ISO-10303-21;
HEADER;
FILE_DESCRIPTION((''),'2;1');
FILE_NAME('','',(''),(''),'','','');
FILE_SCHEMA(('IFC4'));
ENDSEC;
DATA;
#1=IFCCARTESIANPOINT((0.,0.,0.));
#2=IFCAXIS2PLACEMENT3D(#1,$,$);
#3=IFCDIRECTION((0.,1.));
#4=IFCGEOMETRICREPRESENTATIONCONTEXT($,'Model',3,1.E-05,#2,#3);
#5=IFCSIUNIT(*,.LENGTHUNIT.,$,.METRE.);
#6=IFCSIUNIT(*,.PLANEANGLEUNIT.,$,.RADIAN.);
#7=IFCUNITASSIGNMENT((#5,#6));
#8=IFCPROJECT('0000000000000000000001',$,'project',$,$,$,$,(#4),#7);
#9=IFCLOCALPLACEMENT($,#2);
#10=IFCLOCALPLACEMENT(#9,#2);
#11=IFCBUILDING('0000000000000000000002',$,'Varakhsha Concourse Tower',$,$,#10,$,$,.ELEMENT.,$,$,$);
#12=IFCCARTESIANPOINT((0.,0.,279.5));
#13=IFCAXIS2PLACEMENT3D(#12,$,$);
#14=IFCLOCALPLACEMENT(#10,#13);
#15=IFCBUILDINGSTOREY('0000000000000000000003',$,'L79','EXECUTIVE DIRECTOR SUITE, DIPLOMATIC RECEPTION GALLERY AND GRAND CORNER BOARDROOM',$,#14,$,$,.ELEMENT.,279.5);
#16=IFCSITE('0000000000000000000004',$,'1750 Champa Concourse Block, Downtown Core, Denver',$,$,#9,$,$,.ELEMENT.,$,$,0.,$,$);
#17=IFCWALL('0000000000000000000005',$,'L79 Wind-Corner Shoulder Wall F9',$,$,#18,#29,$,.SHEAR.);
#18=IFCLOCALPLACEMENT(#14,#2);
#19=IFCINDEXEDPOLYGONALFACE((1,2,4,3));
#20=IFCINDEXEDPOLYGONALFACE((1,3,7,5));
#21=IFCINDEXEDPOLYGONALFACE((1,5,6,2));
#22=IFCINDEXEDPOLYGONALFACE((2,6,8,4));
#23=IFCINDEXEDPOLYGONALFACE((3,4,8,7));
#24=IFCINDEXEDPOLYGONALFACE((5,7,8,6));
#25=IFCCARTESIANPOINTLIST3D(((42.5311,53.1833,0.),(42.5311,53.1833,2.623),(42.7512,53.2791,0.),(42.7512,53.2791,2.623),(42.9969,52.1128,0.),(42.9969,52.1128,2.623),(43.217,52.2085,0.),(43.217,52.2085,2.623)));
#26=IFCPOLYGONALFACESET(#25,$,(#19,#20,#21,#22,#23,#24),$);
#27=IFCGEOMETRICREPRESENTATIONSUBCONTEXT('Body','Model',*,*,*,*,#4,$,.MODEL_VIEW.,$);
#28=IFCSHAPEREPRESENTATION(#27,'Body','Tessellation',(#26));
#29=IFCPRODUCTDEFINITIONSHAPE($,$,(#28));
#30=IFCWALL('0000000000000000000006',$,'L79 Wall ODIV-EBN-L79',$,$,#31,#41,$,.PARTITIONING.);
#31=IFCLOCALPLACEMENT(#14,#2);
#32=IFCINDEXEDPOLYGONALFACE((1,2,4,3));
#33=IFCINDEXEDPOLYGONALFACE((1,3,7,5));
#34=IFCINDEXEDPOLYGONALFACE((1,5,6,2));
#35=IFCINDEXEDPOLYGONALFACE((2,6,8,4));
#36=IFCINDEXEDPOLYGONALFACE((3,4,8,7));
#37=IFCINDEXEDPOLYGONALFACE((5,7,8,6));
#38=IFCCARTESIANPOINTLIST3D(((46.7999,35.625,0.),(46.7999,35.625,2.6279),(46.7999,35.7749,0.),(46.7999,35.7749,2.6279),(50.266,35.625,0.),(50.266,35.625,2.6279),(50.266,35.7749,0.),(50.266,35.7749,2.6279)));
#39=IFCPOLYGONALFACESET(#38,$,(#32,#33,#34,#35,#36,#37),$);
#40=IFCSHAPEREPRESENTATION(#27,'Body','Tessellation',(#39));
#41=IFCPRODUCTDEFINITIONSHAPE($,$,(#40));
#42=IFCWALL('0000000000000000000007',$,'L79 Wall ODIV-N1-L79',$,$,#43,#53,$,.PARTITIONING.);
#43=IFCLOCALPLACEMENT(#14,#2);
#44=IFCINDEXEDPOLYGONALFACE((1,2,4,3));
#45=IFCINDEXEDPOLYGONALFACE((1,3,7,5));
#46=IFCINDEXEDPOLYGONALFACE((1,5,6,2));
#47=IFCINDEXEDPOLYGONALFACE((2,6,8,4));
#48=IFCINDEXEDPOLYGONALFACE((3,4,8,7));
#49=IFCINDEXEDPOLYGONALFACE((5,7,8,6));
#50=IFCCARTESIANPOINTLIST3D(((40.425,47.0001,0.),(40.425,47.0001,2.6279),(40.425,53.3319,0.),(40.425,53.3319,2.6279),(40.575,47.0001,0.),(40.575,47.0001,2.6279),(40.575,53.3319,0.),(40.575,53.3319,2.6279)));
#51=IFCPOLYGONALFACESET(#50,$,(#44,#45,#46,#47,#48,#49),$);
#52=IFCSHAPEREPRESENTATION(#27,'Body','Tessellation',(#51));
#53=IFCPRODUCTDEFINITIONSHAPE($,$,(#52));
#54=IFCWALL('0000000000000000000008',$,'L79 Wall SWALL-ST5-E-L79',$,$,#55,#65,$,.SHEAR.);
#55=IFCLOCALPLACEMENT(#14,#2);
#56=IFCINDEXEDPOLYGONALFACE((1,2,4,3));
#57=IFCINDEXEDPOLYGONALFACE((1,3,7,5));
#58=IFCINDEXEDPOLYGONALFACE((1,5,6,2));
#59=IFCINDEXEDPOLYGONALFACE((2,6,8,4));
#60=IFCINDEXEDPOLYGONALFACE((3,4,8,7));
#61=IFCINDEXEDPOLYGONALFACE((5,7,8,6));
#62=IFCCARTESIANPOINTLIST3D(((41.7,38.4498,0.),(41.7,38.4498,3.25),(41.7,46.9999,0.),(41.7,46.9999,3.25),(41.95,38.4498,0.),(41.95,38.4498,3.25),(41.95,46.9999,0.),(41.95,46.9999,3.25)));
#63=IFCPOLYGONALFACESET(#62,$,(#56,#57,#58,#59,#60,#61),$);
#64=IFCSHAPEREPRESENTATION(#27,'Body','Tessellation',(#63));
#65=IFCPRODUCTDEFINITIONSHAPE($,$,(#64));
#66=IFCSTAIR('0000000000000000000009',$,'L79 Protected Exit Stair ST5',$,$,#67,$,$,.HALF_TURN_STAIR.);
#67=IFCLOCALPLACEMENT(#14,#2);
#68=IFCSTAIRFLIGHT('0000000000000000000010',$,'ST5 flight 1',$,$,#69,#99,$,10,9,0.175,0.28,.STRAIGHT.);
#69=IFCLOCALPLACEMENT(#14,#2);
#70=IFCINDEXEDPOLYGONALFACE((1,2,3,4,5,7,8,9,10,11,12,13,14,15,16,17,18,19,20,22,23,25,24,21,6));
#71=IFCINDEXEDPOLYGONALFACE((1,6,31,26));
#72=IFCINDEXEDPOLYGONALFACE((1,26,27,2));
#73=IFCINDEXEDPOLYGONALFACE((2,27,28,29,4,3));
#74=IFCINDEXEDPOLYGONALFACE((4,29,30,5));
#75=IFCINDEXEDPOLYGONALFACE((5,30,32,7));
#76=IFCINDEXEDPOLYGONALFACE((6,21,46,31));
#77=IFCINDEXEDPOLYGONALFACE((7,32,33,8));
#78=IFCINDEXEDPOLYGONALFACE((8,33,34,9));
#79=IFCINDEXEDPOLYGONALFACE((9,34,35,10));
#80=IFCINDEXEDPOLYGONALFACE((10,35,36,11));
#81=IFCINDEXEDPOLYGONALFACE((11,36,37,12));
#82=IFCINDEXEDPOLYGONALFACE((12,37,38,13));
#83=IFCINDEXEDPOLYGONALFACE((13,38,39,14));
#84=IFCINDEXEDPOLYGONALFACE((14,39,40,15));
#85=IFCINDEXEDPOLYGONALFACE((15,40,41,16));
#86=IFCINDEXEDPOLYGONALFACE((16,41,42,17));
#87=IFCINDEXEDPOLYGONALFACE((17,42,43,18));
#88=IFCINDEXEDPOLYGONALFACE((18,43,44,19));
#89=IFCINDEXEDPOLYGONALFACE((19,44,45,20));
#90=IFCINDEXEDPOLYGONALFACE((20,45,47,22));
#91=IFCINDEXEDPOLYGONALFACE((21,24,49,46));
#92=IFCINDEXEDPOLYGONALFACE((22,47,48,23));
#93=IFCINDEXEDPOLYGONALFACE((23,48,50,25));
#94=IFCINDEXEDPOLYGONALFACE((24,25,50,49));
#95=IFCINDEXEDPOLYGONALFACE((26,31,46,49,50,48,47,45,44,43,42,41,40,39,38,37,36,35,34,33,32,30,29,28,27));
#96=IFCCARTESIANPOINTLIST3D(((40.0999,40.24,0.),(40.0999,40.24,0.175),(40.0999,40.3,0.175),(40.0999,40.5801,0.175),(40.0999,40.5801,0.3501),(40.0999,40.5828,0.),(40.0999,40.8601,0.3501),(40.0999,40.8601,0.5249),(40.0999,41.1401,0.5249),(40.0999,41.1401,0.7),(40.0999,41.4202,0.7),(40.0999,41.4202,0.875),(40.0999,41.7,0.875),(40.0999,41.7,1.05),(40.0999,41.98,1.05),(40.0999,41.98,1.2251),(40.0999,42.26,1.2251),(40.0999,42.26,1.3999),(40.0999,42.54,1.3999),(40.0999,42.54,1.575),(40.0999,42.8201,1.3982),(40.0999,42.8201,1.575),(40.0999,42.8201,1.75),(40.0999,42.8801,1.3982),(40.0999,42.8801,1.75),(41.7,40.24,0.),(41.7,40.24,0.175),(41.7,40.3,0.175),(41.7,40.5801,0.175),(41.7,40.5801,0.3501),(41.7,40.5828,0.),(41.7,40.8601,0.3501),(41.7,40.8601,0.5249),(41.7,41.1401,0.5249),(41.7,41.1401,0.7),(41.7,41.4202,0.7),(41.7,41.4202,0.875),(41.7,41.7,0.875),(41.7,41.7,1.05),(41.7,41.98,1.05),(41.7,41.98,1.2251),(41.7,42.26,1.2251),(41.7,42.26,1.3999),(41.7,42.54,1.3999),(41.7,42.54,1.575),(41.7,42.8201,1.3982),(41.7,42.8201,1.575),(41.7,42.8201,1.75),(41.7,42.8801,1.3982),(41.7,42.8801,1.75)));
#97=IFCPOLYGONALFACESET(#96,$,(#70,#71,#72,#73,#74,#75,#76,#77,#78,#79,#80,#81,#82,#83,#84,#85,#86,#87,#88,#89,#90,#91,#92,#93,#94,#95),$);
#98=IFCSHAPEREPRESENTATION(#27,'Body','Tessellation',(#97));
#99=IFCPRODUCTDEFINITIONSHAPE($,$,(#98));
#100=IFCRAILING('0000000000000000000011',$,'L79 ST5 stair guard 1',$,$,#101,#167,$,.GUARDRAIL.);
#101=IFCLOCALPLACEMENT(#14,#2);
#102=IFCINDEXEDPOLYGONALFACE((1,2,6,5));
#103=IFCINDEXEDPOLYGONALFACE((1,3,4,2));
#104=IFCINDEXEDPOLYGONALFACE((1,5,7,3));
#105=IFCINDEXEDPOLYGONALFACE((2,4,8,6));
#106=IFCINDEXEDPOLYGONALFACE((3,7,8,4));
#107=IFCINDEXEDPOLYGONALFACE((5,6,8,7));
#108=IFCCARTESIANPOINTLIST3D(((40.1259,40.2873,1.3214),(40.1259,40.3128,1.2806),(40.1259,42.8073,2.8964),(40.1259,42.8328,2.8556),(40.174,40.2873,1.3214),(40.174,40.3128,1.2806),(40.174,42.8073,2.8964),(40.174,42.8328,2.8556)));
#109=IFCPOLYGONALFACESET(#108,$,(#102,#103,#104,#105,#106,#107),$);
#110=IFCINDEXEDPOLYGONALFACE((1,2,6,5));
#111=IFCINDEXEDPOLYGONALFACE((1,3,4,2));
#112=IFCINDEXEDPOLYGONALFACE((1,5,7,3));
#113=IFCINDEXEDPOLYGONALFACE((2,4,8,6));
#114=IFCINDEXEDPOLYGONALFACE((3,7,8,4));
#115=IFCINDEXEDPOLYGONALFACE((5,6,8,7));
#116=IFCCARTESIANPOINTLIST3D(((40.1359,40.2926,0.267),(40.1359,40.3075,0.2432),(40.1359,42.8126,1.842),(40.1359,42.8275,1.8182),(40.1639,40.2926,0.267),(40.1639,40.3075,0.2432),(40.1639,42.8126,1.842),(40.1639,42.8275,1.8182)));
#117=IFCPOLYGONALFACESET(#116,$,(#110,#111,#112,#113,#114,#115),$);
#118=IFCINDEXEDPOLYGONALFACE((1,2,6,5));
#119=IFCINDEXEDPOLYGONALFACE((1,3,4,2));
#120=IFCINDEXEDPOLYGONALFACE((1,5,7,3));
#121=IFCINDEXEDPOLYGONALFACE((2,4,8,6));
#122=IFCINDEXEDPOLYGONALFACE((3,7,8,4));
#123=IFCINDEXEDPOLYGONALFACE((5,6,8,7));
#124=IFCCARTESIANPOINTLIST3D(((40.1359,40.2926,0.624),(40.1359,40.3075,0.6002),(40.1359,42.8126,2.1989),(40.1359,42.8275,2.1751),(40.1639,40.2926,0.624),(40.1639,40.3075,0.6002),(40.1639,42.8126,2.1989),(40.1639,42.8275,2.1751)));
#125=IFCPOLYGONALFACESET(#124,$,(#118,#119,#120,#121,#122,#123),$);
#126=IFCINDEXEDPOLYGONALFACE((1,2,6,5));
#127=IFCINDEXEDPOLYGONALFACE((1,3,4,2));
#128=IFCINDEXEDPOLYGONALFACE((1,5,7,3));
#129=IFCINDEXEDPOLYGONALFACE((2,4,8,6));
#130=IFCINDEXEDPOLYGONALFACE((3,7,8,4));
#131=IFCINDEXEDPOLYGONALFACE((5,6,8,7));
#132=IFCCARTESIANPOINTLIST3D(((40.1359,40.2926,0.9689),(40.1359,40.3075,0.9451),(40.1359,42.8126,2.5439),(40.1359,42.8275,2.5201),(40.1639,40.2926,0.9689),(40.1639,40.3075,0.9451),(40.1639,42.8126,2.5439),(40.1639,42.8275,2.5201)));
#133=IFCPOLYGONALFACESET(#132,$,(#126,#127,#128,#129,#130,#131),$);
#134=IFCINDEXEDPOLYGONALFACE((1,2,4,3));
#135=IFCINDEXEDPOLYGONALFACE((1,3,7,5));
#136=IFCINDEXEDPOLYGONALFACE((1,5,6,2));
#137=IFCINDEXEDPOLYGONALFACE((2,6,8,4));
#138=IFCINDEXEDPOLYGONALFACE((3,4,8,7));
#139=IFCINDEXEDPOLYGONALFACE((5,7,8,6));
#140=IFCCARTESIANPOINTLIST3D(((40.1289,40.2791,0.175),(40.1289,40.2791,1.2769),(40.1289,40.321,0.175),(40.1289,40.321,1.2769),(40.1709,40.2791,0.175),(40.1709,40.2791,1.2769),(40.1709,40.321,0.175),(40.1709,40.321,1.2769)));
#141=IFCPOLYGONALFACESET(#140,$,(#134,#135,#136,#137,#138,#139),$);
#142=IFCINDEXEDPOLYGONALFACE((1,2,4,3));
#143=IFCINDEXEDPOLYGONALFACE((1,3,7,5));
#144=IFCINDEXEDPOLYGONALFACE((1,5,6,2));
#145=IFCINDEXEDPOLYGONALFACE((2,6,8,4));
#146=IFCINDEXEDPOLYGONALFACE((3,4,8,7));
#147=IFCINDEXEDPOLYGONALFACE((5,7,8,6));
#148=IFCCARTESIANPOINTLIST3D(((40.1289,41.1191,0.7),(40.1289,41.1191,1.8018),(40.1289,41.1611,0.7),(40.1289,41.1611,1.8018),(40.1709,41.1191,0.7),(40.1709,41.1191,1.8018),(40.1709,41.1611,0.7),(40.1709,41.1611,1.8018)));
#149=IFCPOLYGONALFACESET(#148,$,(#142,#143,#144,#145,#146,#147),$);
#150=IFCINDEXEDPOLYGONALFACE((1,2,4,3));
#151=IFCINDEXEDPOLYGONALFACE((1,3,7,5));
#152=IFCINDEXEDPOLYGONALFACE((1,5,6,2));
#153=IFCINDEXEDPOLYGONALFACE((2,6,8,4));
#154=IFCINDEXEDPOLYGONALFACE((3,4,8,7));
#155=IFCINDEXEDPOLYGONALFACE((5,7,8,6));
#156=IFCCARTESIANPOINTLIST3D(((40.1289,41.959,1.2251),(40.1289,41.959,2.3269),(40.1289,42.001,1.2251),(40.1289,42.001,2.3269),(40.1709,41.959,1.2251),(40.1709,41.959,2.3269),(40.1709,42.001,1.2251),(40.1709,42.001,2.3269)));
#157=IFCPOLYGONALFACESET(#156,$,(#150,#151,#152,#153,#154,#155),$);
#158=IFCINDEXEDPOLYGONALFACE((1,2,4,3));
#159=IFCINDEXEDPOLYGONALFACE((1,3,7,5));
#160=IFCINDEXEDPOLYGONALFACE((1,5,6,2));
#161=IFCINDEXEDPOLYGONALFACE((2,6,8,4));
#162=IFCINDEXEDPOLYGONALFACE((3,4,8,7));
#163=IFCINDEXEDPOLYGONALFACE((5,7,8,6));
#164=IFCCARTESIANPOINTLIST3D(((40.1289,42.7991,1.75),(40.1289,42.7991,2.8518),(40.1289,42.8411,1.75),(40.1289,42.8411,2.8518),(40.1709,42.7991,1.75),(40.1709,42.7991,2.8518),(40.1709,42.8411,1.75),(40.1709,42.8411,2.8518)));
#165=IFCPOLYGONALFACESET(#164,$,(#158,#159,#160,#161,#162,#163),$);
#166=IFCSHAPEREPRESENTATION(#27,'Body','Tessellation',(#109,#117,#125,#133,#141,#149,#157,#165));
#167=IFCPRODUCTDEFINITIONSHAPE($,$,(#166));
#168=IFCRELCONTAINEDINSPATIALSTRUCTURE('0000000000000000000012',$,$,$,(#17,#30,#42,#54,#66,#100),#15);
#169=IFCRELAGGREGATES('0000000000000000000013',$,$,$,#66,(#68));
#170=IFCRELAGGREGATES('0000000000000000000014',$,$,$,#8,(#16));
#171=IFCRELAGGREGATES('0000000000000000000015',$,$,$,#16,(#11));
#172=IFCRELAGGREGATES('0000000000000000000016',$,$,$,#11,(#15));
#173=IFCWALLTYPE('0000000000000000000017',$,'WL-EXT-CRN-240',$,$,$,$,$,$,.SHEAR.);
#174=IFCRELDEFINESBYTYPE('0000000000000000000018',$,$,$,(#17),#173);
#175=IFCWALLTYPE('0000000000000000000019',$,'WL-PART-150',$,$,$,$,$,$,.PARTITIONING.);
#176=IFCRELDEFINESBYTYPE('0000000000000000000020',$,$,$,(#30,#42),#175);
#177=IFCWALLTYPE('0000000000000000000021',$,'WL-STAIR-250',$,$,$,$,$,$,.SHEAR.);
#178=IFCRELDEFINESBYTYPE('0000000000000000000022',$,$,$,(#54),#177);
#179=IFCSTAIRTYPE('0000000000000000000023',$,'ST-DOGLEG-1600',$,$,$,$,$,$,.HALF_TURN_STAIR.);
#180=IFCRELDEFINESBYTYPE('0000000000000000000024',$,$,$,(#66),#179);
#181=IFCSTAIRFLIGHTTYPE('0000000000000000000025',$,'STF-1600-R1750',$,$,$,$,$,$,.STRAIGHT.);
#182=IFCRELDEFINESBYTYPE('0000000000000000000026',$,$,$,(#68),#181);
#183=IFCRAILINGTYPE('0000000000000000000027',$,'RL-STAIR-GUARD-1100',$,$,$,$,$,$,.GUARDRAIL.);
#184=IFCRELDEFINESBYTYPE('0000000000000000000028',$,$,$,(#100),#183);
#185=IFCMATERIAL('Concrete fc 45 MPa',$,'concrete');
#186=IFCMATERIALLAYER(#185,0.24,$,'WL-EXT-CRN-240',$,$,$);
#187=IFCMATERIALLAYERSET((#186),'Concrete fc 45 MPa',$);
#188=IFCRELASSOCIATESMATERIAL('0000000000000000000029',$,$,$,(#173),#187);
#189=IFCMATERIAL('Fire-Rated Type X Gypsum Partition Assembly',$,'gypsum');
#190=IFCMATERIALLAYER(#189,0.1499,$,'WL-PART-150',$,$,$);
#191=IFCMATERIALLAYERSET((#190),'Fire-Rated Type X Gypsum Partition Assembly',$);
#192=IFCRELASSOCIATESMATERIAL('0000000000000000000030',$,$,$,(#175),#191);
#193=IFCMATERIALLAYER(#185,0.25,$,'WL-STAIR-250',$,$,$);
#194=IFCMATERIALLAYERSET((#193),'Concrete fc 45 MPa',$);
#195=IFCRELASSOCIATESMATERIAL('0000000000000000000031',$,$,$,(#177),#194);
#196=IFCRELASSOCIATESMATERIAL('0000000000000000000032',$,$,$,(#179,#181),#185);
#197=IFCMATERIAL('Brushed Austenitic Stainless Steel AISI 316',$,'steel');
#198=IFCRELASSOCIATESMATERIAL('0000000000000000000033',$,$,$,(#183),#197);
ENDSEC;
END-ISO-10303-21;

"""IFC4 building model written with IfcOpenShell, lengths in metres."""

from ifc_helpers import new_model, si_unit, direction, frame, frame_2d, origin, origin_2d, place, context, subcontext, project, spatial, polyline, rectangle, outline, extrude, material, layer, layer_set, type_object, element, aggregate, save


model = new_model("IFC4")

# Units and contexts
model_context = context("Model", 3, precision=1e-05, world=origin(), true_north=direction((0.0, 1.0)))
body_context = subcontext(model_context, "Body", "Model", "MODEL_VIEW")
ifc_project = project(units=[si_unit("LENGTHUNIT", "METRE"), si_unit("PLANEANGLEUNIT", "RADIAN")], contexts=[model_context])

# Site, building, storey
site_placement = place(None, origin())
site = spatial("IfcSite", under=ifc_project, at=site_placement, Name="1750 Champa Concourse Block, Downtown Core, Denver", CompositionType="ELEMENT", RefElevation=0.0)
building_placement = place(site_placement, origin())
building = spatial("IfcBuilding", under=site, at=building_placement, Name="Varakhsha Concourse Tower", CompositionType="ELEMENT")
storey_placement = place(building_placement, frame((0.0, 0.0, 279.5)))
storey = spatial("IfcBuildingStorey", under=building, at=storey_placement, Name="L79", Description="EXECUTIVE DIRECTOR SUITE, DIPLOMATIC RECEPTION GALLERY AND GRAND CORNER BOARDROOM", CompositionType="ELEMENT", Elevation=279.5)

# Walls
ifc_material_1 = material(Name="Concrete fc 45 MPa", Category="concrete")
ifc_layer_1 = layer(ifc_material_1, 0.24, Name="WL-EXT-CRN-240")
ifc_layer_set_1 = layer_set([ifc_layer_1], Name="Concrete fc 45 MPa")
wall_type_1 = type_object("IfcWallType", Name="WL-EXT-CRN-240", PredefinedType="SHEAR", material=ifc_layer_set_1)
wall_1_placement = place(storey_placement, frame((43.1069, 52.1606, 0.0), z_axis=(0.0, 0.0, 1.0), x_axis=(-0.398986, 0.916957, 0.0)))
element("IfcWall", 1, at=wall_1_placement, inside=storey, type_object=wall_type_1, Name="L79 Wind-Corner Shoulder Wall F9", PredefinedType="SHEAR", context=body_context, shape_type="SweptSolid", body=[
    extrude(rectangle(XDim=1.1675, YDim=0.24, at=frame_2d((0.5837, 0.0))), origin(), (0.0, 0.0, 1.0), 2.623),
])
ifc_material_2 = material(Name="Fire-Rated Type X Gypsum Partition Assembly", Category="gypsum")
ifc_layer_2 = layer(ifc_material_2, 0.1499, Name="WL-PART-150")
ifc_layer_set_2 = layer_set([ifc_layer_2], Name="Fire-Rated Type X Gypsum Partition Assembly")
wall_type_2 = type_object("IfcWallType", Name="WL-PART-150", PredefinedType="PARTITIONING", material=ifc_layer_set_2)
wall_2_placement = place(storey_placement, frame((46.8, 35.7, 0.0), z_axis=(0.0, 0.0, 1.0), x_axis=(1.0, 0.0, 0.0)))
element("IfcWall", 2, at=wall_2_placement, inside=storey, type_object=wall_type_2, Name="L79 Wall ODIV-EBN-L79", PredefinedType="PARTITIONING", context=body_context, shape_type="SweptSolid", body=[
    extrude(rectangle(XDim=3.4661, YDim=0.1499, at=frame_2d((1.7329, 0.0))), origin(), (0.0, 0.0, 1.0), 2.6279),
])
wall_3_placement = place(storey_placement, frame((40.5, 47.0, 0.0), z_axis=(0.0, 0.0, 1.0), x_axis=(0.0, 1.0, 0.0)))
element("IfcWall", 3, at=wall_3_placement, inside=storey, type_object=wall_type_2, Name="L79 Wall ODIV-N1-L79", PredefinedType="PARTITIONING", context=body_context, shape_type="SweptSolid", body=[
    extrude(rectangle(XDim=6.3318, YDim=0.1499, at=frame_2d((3.166, 0.0))), origin(), (0.0, 0.0, 1.0), 2.6279),
])
ifc_layer_3 = layer(ifc_material_1, 0.25, Name="WL-STAIR-250")
ifc_layer_set_3 = layer_set([ifc_layer_3], Name="Concrete fc 45 MPa")
wall_type_3 = type_object("IfcWallType", Name="WL-STAIR-250", PredefinedType="SHEAR", material=ifc_layer_set_3)
wall_4_placement = place(storey_placement, frame((41.825, 38.45, 0.0), z_axis=(0.0, 0.0, 1.0), x_axis=(0.0, 1.0, 0.0)))
element("IfcWall", 4, at=wall_4_placement, inside=storey, type_object=wall_type_3, Name="L79 Wall SWALL-ST5-E-L79", PredefinedType="SHEAR", context=body_context, shape_type="SweptSolid", body=[
    extrude(rectangle(XDim=8.55, YDim=0.25, at=frame_2d((4.2749, 0.0))), origin(), (0.0, 0.0, 1.0), 3.25),
])

# Stair, stair flight
stair_type = type_object("IfcStairType", Name="ST-DOGLEG-1600", PredefinedType="HALF_TURN_STAIR", material=ifc_material_1)
stair_placement = place(storey_placement, origin())
stair = element("IfcStair", 5, at=stair_placement, inside=storey, type_object=stair_type, Name="L79 Protected Exit Stair ST5", PredefinedType="HALF_TURN_STAIR")
stair_flight_type = type_object("IfcStairFlightType", Name="STF-1600-R1750", PredefinedType="STRAIGHT", material=ifc_material_1)
stair_flight_placement = place(storey_placement, frame((40.8999, 40.3, 0.0), z_axis=(0.0, 0.0, 1.0), x_axis=(0.0, 1.0, 0.0)))
stair_flight = element("IfcStairFlight", 6, at=stair_flight_placement, type_object=stair_flight_type, Name="ST5 flight 1", NumberOfRisers=10, NumberOfTreads=9, PredefinedType="STRAIGHT", RiserHeight=0.175, TreadLength=0.28, context=body_context, shape_type="SweptSolid", body=[
    extrude(outline(polyline([(-0.0601, 0.0), (-0.0601, 0.175), (0.0, 0.175), (0.28, 0.175), (0.28, 0.3501), (0.5601, 0.3501), (0.5601, 0.5249), (0.8401, 0.5249), (0.8401, 0.7), (1.1201, 0.7), (1.1201, 0.875), (1.3999, 0.875), (1.3999, 1.05), (1.6799, 1.05), (1.6799, 1.2251), (1.96, 1.2251), (1.96, 1.3999), (2.24, 1.3999), (2.24, 1.575), (2.52, 1.575), (2.52, 1.75), (2.5801, 1.75), (2.5801, 1.3982), (2.52, 1.3982), (0.2827, 0.0), (-0.0601, 0.0)])), frame((0.0, 0.8, 0.0), z_axis=(0.0, -1.0, 0.0), x_axis=(1.0, 0.0, 0.0)), (0.0, 0.0, 1.0), 1.6001),
])
aggregate(stair, [stair_flight])

# Railing
ifc_material_3 = material(Name="Brushed Austenitic Stainless Steel AISI 316", Category="steel")
railing_type_1 = type_object("IfcRailingType", Name="RL-STAIR-GUARD-1100", PredefinedType="GUARDRAIL", material=ifc_material_3)
railing_1_placement = place(storey_placement, frame((40.1499, 40.3, 0.175)))
element("IfcRailing", 7, at=railing_1_placement, inside=storey, type_object=railing_type_1, Name="L79 ST5 stair guard 1", PredefinedType="GUARDRAIL", context=body_context, shape_type="SweptSolid", body=[
    extrude(rectangle(XDim=0.0481, YDim=0.0481, at=origin_2d()), frame((0.0, 0.0, 1.126), z_axis=(0.0, 0.848008, 0.529984), x_axis=(-1.0, 0.0, 0.0)), (0.0, 0.0, 1.0), 2.9717),
    extrude(rectangle(XDim=0.0281, YDim=0.0281, at=origin_2d()), frame((0.0, 0.0, 0.0801), z_axis=(0.0, 0.848008, 0.529984), x_axis=(-1.0, 0.0, 0.0)), (0.0, 0.0, 1.0), 2.9717),
    extrude(rectangle(XDim=0.0281, YDim=0.0281, at=origin_2d()), frame((0.0, 0.0, 0.437), z_axis=(0.0, 0.848008, 0.529984), x_axis=(-1.0, 0.0, 0.0)), (0.0, 0.0, 1.0), 2.9717),
    extrude(rectangle(XDim=0.0281, YDim=0.0281, at=origin_2d()), frame((0.0, 0.0, 0.782), z_axis=(0.0, 0.848008, 0.529984), x_axis=(-1.0, 0.0, 0.0)), (0.0, 0.0, 1.0), 2.9717),
    extrude(rectangle(XDim=0.042, YDim=0.042, at=origin_2d()), origin(), (0.0, 0.0, 1.0), 1.1018),
    extrude(rectangle(XDim=0.042, YDim=0.042, at=origin_2d()), frame((0.0, 0.8401, 0.5249)), (0.0, 0.0, 1.0), 1.1018),
    extrude(rectangle(XDim=0.042, YDim=0.042, at=origin_2d()), frame((0.0, 1.6799, 1.05)), (0.0, 0.0, 1.0), 1.1018),
    extrude(rectangle(XDim=0.042, YDim=0.042, at=origin_2d()), frame((0.0, 2.52, 1.575)), (0.0, 0.0, 1.0), 1.1018),
])

save(model, "model.ifc")
